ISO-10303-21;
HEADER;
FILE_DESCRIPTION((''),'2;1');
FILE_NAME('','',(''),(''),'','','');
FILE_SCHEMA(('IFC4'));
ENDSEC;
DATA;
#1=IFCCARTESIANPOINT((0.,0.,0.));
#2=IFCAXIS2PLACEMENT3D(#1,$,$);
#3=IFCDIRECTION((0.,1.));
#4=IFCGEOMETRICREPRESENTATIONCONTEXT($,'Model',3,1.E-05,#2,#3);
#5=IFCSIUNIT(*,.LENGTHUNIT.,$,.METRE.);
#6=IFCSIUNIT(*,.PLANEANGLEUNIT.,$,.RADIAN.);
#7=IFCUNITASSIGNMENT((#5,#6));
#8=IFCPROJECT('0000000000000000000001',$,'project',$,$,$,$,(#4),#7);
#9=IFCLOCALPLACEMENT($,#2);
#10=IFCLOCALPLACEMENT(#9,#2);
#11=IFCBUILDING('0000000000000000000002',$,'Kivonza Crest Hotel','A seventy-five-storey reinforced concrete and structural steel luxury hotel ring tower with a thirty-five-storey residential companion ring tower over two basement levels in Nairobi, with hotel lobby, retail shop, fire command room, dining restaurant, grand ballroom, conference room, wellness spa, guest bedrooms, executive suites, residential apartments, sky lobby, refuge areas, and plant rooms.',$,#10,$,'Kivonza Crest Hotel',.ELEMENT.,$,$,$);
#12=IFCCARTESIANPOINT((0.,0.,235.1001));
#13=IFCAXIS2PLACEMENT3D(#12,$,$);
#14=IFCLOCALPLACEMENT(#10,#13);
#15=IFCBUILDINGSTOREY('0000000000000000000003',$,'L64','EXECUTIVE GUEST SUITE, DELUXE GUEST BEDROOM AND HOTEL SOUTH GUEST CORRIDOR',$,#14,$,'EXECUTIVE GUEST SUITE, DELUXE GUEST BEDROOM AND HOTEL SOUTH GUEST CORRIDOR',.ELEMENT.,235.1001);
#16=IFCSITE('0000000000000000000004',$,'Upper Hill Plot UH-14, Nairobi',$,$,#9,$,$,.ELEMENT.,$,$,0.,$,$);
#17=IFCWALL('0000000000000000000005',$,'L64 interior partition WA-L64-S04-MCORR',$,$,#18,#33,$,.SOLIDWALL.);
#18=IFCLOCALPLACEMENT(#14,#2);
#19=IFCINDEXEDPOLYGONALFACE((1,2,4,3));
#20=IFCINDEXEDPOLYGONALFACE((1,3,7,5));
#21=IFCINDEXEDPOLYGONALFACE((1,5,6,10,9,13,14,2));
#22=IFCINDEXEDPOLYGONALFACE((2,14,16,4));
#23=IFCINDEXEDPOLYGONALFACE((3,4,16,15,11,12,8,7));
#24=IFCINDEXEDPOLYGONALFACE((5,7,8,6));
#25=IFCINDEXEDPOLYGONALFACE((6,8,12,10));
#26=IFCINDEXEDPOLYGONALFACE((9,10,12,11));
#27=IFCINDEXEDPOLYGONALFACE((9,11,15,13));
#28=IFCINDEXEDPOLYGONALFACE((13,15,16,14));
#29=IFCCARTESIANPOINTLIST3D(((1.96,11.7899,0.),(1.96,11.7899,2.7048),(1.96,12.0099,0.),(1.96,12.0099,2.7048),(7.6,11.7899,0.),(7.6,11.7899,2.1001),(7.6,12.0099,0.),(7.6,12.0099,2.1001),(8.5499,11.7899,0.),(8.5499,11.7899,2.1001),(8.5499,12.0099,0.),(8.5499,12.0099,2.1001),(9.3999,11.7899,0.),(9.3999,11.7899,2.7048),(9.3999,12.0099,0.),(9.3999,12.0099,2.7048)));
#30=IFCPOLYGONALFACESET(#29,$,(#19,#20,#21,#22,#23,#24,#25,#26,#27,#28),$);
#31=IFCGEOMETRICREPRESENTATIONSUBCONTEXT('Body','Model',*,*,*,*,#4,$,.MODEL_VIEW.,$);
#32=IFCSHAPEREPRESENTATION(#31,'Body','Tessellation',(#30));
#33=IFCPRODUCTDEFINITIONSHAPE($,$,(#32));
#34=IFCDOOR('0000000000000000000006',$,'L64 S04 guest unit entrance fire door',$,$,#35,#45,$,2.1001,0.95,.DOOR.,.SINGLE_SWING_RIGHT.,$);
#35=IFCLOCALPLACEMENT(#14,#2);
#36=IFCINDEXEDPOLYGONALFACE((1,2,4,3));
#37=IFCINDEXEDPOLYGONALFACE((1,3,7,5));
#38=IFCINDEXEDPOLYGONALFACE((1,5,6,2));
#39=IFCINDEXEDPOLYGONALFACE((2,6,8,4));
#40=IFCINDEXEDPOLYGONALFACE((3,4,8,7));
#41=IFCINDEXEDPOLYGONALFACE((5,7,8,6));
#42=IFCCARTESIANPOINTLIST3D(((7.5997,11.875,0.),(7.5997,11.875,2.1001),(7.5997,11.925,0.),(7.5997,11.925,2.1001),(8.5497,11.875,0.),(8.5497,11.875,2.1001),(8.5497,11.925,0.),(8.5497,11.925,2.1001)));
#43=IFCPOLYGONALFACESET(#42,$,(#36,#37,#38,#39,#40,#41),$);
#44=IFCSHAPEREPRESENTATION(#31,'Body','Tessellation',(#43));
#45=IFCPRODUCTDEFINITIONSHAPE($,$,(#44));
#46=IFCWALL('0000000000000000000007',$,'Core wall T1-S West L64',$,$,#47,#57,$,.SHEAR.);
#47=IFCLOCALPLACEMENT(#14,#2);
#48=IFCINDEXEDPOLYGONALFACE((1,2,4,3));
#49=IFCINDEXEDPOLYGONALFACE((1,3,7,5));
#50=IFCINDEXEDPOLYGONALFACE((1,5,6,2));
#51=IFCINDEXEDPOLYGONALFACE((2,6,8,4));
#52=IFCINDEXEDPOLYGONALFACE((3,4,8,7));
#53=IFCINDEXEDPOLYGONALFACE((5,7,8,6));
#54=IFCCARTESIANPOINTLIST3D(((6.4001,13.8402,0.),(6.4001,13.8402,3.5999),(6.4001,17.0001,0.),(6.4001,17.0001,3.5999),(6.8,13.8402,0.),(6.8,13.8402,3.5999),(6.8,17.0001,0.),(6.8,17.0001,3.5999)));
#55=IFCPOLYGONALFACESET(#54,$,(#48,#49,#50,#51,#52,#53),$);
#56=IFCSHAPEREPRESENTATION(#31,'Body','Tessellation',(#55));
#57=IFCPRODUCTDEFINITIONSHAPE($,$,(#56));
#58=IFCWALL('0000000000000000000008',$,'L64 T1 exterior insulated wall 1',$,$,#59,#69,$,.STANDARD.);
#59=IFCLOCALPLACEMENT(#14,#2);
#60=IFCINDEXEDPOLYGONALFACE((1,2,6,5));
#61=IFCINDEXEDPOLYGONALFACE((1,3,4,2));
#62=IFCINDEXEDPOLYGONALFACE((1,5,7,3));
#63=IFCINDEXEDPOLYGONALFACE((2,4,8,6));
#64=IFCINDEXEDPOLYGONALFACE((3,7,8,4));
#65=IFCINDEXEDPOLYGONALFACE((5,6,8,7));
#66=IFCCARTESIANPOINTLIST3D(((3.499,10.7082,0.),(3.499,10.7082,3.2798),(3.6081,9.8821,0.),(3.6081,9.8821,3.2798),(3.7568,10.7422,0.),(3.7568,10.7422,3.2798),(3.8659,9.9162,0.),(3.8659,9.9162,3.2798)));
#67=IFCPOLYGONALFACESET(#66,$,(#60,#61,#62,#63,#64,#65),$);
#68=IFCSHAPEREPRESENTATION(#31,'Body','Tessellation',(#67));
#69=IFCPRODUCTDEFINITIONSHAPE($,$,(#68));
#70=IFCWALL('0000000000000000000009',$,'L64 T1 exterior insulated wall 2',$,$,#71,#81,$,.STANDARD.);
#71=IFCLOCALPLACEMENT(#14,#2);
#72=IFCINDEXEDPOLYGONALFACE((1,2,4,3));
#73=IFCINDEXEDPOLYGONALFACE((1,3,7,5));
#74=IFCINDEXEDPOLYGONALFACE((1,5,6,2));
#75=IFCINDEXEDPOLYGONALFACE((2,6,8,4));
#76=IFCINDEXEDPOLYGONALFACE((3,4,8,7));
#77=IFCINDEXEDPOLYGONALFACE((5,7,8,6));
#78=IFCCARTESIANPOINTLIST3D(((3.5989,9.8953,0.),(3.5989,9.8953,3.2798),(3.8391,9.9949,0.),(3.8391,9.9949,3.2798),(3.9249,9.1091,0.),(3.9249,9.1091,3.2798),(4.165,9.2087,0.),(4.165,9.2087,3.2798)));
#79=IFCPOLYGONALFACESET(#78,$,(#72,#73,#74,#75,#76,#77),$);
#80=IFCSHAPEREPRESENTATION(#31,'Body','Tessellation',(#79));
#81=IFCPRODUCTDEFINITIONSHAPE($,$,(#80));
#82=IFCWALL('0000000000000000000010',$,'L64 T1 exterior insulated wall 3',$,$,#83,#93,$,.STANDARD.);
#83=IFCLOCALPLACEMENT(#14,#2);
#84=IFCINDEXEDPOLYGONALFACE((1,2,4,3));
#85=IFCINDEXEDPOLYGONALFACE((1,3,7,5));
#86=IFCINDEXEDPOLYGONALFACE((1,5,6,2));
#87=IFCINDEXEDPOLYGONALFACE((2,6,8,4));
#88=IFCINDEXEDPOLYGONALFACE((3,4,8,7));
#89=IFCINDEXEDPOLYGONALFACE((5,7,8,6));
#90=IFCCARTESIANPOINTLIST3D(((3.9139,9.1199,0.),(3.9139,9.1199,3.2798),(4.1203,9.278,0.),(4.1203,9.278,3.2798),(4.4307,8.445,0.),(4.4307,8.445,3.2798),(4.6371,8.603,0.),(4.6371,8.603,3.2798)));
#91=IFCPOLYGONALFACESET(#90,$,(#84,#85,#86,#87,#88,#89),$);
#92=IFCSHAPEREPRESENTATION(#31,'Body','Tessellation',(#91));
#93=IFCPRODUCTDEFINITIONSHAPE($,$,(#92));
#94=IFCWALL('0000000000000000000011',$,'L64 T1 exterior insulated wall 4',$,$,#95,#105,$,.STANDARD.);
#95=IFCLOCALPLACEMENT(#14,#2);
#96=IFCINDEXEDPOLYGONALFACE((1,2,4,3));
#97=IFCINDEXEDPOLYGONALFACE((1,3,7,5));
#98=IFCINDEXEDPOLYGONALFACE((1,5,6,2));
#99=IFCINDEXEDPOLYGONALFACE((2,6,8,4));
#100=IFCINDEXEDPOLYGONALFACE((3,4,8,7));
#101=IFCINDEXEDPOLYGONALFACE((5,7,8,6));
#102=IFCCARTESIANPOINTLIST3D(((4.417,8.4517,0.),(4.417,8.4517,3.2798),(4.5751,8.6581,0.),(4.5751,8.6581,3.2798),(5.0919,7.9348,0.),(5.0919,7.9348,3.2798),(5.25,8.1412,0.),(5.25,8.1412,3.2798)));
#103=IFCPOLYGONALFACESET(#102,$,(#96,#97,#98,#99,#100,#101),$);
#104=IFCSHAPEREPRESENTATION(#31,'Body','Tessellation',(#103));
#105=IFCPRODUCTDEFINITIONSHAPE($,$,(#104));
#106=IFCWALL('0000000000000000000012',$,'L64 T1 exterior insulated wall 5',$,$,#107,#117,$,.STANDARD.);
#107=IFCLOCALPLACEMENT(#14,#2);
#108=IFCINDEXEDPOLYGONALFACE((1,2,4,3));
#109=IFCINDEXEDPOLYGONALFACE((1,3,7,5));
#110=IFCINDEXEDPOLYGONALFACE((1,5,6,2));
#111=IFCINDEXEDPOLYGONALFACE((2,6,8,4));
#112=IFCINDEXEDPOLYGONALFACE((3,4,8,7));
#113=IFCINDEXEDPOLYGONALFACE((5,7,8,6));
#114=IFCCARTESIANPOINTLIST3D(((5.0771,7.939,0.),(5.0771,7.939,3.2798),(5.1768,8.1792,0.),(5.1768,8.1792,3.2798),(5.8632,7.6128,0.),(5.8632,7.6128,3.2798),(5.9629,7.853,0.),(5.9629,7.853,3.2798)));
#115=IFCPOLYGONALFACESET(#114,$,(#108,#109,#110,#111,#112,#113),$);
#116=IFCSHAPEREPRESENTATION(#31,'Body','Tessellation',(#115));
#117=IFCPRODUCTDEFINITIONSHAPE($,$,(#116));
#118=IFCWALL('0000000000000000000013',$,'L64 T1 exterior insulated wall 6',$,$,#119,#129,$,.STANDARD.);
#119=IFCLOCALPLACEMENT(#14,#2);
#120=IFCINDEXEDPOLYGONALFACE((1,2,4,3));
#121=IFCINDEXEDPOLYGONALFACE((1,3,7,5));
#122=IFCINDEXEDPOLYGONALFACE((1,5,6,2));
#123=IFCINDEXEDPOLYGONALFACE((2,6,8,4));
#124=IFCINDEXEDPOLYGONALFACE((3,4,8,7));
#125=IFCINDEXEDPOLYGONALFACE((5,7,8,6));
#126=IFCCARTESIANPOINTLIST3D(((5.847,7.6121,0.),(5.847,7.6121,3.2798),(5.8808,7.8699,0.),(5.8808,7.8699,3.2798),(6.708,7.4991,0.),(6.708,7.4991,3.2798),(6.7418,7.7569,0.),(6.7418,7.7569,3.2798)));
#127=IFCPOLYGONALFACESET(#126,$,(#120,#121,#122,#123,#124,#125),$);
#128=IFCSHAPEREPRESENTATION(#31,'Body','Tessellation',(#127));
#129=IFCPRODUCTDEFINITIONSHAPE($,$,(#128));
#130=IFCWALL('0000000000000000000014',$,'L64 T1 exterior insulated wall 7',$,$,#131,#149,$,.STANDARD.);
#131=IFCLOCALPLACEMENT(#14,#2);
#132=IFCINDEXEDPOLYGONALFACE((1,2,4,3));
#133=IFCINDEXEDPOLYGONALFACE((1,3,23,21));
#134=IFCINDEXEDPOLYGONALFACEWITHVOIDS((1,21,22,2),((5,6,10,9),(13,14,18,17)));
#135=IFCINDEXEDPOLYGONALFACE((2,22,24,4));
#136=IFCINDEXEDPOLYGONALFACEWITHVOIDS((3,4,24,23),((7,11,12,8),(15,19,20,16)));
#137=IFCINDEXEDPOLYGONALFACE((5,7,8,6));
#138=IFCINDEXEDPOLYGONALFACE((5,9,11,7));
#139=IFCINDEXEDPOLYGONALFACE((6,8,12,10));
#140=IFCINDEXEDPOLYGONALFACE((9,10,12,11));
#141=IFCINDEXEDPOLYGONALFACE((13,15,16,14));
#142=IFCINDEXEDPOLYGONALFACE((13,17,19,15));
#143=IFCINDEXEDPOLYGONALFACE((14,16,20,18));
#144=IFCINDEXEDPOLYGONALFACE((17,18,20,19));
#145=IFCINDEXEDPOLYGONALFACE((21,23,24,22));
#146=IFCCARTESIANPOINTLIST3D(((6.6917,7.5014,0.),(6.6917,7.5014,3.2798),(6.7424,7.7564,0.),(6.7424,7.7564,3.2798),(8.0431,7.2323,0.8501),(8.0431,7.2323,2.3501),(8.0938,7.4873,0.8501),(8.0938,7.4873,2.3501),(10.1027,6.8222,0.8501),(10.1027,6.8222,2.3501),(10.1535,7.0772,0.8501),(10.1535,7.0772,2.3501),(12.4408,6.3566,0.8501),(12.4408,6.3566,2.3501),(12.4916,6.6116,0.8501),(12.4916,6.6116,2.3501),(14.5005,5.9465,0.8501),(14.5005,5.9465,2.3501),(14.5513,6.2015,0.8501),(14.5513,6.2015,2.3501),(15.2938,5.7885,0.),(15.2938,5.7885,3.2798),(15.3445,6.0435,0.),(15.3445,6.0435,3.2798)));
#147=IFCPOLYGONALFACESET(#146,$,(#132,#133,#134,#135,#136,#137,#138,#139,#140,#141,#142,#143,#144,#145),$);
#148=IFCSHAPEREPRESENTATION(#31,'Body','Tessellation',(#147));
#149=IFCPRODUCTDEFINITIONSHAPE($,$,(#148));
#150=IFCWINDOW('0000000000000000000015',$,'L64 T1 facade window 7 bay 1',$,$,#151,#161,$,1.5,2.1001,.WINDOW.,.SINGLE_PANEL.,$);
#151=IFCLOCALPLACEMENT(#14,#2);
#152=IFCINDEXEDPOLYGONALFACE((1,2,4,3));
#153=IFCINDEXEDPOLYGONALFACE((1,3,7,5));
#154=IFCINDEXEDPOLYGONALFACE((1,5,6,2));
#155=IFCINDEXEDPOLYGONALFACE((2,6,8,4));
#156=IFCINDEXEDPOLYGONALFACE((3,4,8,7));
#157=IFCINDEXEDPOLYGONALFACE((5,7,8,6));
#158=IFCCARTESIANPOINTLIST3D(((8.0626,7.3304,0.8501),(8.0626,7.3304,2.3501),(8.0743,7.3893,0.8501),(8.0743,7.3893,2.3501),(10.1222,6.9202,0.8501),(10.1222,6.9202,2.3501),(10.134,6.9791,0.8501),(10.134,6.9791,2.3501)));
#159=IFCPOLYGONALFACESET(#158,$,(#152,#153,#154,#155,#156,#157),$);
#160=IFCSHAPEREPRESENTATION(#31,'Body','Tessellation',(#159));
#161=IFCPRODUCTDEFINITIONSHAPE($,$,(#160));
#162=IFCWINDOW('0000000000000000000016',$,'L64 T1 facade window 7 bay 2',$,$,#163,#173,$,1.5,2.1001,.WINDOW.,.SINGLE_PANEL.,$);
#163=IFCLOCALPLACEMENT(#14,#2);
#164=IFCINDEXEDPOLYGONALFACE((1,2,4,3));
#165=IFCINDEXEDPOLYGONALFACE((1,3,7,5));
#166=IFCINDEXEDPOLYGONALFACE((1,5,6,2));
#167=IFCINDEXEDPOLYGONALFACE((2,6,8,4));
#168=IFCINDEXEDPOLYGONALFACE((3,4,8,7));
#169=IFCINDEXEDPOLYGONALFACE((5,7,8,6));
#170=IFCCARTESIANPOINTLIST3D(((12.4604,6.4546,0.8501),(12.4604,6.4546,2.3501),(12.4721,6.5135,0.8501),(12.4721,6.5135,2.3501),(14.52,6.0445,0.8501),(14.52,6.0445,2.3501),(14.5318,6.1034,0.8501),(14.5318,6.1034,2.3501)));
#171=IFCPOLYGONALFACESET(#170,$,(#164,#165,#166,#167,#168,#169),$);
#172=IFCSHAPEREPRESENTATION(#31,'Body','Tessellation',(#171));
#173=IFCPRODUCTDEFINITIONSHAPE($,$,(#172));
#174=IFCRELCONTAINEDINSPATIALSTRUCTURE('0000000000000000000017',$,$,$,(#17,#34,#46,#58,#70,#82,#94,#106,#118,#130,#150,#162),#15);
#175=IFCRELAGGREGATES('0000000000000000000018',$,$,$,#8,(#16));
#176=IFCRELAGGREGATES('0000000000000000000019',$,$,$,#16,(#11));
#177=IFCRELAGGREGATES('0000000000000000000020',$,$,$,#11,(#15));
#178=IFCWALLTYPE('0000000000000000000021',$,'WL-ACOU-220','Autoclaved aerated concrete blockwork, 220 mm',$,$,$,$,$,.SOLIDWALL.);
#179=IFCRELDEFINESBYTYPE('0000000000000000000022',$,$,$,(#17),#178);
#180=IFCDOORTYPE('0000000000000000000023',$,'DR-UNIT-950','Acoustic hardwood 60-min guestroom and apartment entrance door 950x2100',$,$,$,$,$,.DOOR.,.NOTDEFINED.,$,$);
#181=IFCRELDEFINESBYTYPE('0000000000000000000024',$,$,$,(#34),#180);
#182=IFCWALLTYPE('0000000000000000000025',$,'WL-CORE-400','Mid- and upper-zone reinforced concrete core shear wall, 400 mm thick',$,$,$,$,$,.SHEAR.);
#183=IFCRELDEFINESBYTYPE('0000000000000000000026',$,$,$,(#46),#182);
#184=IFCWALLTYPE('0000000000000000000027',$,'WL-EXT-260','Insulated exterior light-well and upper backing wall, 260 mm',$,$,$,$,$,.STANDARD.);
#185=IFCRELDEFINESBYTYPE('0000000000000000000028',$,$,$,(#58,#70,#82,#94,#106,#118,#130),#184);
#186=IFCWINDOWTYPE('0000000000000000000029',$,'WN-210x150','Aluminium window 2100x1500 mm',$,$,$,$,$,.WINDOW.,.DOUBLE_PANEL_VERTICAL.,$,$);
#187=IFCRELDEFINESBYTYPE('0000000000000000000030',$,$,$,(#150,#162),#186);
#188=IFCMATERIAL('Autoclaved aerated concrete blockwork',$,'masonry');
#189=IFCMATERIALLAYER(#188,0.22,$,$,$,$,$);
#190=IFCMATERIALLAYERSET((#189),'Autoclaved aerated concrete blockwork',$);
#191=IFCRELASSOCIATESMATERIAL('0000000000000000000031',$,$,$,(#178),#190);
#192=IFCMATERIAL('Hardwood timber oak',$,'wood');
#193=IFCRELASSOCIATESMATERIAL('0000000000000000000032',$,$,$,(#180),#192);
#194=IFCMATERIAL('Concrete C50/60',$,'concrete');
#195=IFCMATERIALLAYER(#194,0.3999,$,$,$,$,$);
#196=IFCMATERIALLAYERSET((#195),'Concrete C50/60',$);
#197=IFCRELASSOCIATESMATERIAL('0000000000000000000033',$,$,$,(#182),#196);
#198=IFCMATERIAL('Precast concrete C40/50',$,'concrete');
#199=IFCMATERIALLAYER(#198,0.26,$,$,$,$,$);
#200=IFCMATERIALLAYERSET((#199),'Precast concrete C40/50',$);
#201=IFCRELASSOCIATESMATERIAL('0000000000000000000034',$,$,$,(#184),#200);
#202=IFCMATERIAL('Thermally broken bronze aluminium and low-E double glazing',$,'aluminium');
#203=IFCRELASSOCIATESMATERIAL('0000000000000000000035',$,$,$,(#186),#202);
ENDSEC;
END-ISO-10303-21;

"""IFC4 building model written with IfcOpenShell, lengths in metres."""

from ifc_helpers import new_model, si_unit, direction, frame, frame_2d, origin, place, context, subcontext, project, spatial, rectangle, extrude, material, layer, layer_set, type_object, element, fill, save


model = new_model("IFC4")

# Units and contexts
model_context = context("Model", 3, precision=1e-05, world=origin(), true_north=direction((0.0, 1.0)))
body_context = subcontext(model_context, "Body", "Model", "MODEL_VIEW")
ifc_project = project(units=[si_unit("LENGTHUNIT", "METRE"), si_unit("PLANEANGLEUNIT", "RADIAN")], contexts=[model_context])

# Site, building, storey
site_placement = place(None, origin())
site = spatial("IfcSite", under=ifc_project, at=site_placement, Name="Upper Hill Plot UH-14, Nairobi", CompositionType="ELEMENT", RefElevation=0.0)
building_placement = place(site_placement, origin())
building = spatial("IfcBuilding", under=site, at=building_placement, Name="Kivonza Crest Hotel", Description="A seventy-five-storey reinforced concrete and structural steel luxury hotel ring tower with a thirty-five-storey residential companion ring tower over two basement levels in Nairobi, with hotel lobby, retail shop, fire command room, dining restaurant, grand ballroom, conference room, wellness spa, guest bedrooms, executive suites, residential apartments, sky lobby, refuge areas, and plant rooms.", LongName="Kivonza Crest Hotel", CompositionType="ELEMENT")
storey_placement = place(building_placement, frame((0.0, 0.0, 235.1001)))
storey = spatial("IfcBuildingStorey", under=building, at=storey_placement, Name="L64", Description="EXECUTIVE GUEST SUITE, DELUXE GUEST BEDROOM AND HOTEL SOUTH GUEST CORRIDOR", LongName="EXECUTIVE GUEST SUITE, DELUXE GUEST BEDROOM AND HOTEL SOUTH GUEST CORRIDOR", CompositionType="ELEMENT", Elevation=235.1001)

# Wall, opening, door
ifc_material_1 = material(Name="Autoclaved aerated concrete blockwork", Category="masonry")
ifc_layer_1 = layer(ifc_material_1, 0.22)
ifc_layer_set_1 = layer_set([ifc_layer_1], Name="Autoclaved aerated concrete blockwork")
wall_type_1 = type_object("IfcWallType", Name="WL-ACOU-220", Description="Autoclaved aerated concrete blockwork, 220 mm", PredefinedType="SOLIDWALL", material=ifc_layer_set_1)
wall_1_placement = place(storey_placement, frame((1.96, 11.8999, 0.0), z_axis=(0.0, 0.0, 1.0), x_axis=(1.0, 0.0, 0.0)))
wall_1 = element("IfcWall", 1, at=wall_1_placement, inside=storey, type_object=wall_type_1, Name="L64 interior partition WA-L64-S04-MCORR", PredefinedType="SOLIDWALL", context=body_context, shape_type="SweptSolid", body=[
    extrude(rectangle(XDim=7.4399, YDim=0.22, at=frame_2d((3.72, 0.0))), origin(), (0.0, 0.0, 1.0), 2.7048),
])
opening_1_placement = place(wall_1_placement, frame((5.6399, 0.0, 0.0)))
opening_1 = element("IfcOpeningElement", 2, at=opening_1_placement, cuts=wall_1, PredefinedType="OPENING", context=body_context, shape_type="SweptSolid", body=[
    extrude(rectangle(XDim=0.95, YDim=2.1001, at=frame_2d((0.4751, 1.05))), frame((0.0, 0.1201, 0.0), z_axis=(0.0, -1.0, 0.0), x_axis=(1.0, 0.0, 0.0)), (0.0, 0.0, 1.0), 0.24),
])
ifc_material_2 = material(Name="Hardwood timber oak", Category="wood")
door_type_1 = type_object("IfcDoorType", Name="DR-UNIT-950", Description="Acoustic hardwood 60-min guestroom and apartment entrance door 950x2100", OperationType="NOTDEFINED", PredefinedType="DOOR", material=ifc_material_2)
door_1_placement = place(opening_1_placement, frame((0.95, 0.0, 0.0), z_axis=(0.0, 0.0, 1.0), x_axis=(-1.0, 0.0, 0.0)))
door_1 = element("IfcDoor", 3, at=door_1_placement, inside=storey, type_object=door_type_1, Name="L64 S04 guest unit entrance fire door", OperationType="SINGLE_SWING_RIGHT", OverallHeight=2.1001, OverallWidth=0.95, PredefinedType="DOOR", context=body_context, shape_type="SweptSolid", body=[
    extrude(rectangle(XDim=0.95, YDim=2.1001, at=frame_2d((0.4751, 1.05))), frame((0.0, 0.0249, 0.0), z_axis=(0.0, -1.0, 0.0), x_axis=(1.0, 0.0, 0.0)), (0.0, 0.0, 1.0), 0.05),
])
fill(opening_1, door_1)

# Shared definitions
ifc_material_3 = material(Name="Concrete C50/60", Category="concrete")
ifc_layer_2 = layer(ifc_material_3, 0.3999)
ifc_layer_set_2 = layer_set([ifc_layer_2], Name="Concrete C50/60")
wall_type_2 = type_object("IfcWallType", Name="WL-CORE-400", Description="Mid- and upper-zone reinforced concrete core shear wall, 400 mm thick", PredefinedType="SHEAR", material=ifc_layer_set_2)

# Walls
wall_2_placement = place(storey_placement, frame((6.6001, 13.8401, 0.0), z_axis=(0.0, 0.0, 1.0), x_axis=(0.0, 1.0, 0.0)))
element("IfcWall", 4, at=wall_2_placement, inside=storey, type_object=wall_type_2, Name="Core wall T1-S West L64", PredefinedType="SHEAR", context=body_context, shape_type="SweptSolid", body=[
    extrude(rectangle(XDim=3.1599, YDim=0.3999, at=frame_2d((1.5801, 0.0))), origin(), (0.0, 0.0, 1.0), 3.5999),
])
ifc_material_4 = material(Name="Precast concrete C40/50", Category="concrete")
ifc_layer_3 = layer(ifc_material_4, 0.26)
ifc_layer_set_3 = layer_set([ifc_layer_3], Name="Precast concrete C40/50")
wall_type_3 = type_object("IfcWallType", Name="WL-EXT-260", Description="Insulated exterior light-well and upper backing wall, 260 mm", PredefinedType="STANDARD", material=ifc_layer_set_3)
wall_3_placement = place(storey_placement, frame((3.6279, 10.7251, 0.0), z_axis=(0.0, 0.0, 1.0), x_axis=(0.130955, -0.991388, 0.0)))
element("IfcWall", 5, at=wall_3_placement, inside=storey, type_object=wall_type_3, Name="L64 T1 exterior insulated wall 1", PredefinedType="STANDARD", context=body_context, shape_type="SweptSolid", body=[
    extrude(rectangle(XDim=0.8333, YDim=0.26, at=frame_2d((0.4165, 0.0))), origin(), (0.0, 0.0, 1.0), 3.2798),
])
wall_4_placement = place(storey_placement, frame((3.719, 9.9451, 0.0), z_axis=(0.0, 0.0, 1.0), x_axis=(0.382985, -0.923754, 0.0)))
element("IfcWall", 6, at=wall_4_placement, inside=storey, type_object=wall_type_3, Name="L64 T1 exterior insulated wall 2", PredefinedType="STANDARD", context=body_context, shape_type="SweptSolid", body=[
    extrude(rectangle(XDim=0.8511, YDim=0.26, at=frame_2d((0.4255, 0.0))), origin(), (0.0, 0.0, 1.0), 3.2798),
])
for number, where, z_axis, x_axis, name in (
    (7, (4.0171, 9.199, 0.0), (0.0, 0.0, 1.0), (0.607919, -0.793999, 0.0), "L64 T1 exterior insulated wall 3"),
    (8, (4.4961, 8.5549, 0.0), (0.0, 0.0, 1.0), (0.793893, -0.608058, 0.0), "L64 T1 exterior insulated wall 4"),
):
    element("IfcWall", number, at=place(storey_placement, frame(where, z_axis=z_axis, x_axis=x_axis)), inside=storey, type_object=wall_type_3, Name=name, PredefinedType="STANDARD", context=body_context, shape_type="SweptSolid", body=[
        extrude(rectangle(XDim=0.8501, YDim=0.26, at=frame_2d((0.425, 0.0))), origin(), (0.0, 0.0, 1.0), 3.2798),
    ])
wall_5_placement = place(storey_placement, frame((5.127, 8.0591, 0.0), z_axis=(0.0, 0.0, 1.0), x_axis=(0.923653, -0.38323, 0.0)))
element("IfcWall", 9, at=wall_5_placement, inside=storey, type_object=wall_type_3, Name="L64 T1 exterior insulated wall 5", PredefinedType="STANDARD", context=body_context, shape_type="SweptSolid", body=[
    extrude(rectangle(XDim=0.8511, YDim=0.26, at=frame_2d((0.4255, 0.0))), origin(), (0.0, 0.0, 1.0), 3.2798),
])
wall_6_placement = place(storey_placement, frame((5.864, 7.741, 0.0), z_axis=(0.0, 0.0, 1.0), x_axis=(0.991493, -0.130156, 0.0)))
element("IfcWall", 10, at=wall_6_placement, inside=storey, type_object=wall_type_3, Name="L64 T1 exterior insulated wall 6", PredefinedType="STANDARD", context=body_context, shape_type="SweptSolid", body=[
    extrude(rectangle(XDim=0.8684, YDim=0.26, at=frame_2d((0.4341, 0.0))), origin(), (0.0, 0.0, 1.0), 3.2798),
])

# Wall, openings, windows
wall_7_placement = place(storey_placement, frame((6.717, 7.6289, 0.0), z_axis=(0.0, 0.0, 1.0), x_axis=(0.980745, -0.195292, 0.0)))
wall_7 = element("IfcWall", 11, at=wall_7_placement, inside=storey, type_object=wall_type_3, Name="L64 T1 exterior insulated wall 7", PredefinedType="STANDARD", context=body_context, shape_type="SweptSolid", body=[
    extrude(rectangle(XDim=8.771, YDim=0.26, at=frame_2d((4.3855, 0.0))), origin(), (0.0, 0.0, 1.0), 3.2798),
])
opening_2_placement = place(wall_7_placement, frame((1.3779, 0.0, 0.8501)))
opening_2 = element("IfcOpeningElement", 12, at=opening_2_placement, cuts=wall_7, PredefinedType="OPENING", context=body_context, shape_type="SweptSolid", body=[
    extrude(rectangle(XDim=2.1001, YDim=1.5, at=frame_2d((1.05, 0.75))), frame((0.0, 0.1401, 0.0), z_axis=(0.0, -1.0, 0.0), x_axis=(1.0, 0.0, 0.0)), (0.0, 0.0, 1.0), 0.28),
])
opening_3_placement = place(wall_7_placement, frame((5.8621, 0.0, 0.8501)))
opening_3 = element("IfcOpeningElement", 13, at=opening_3_placement, cuts=wall_7, PredefinedType="OPENING", context=body_context, shape_type="SweptSolid", body=[
    extrude(rectangle(XDim=2.1001, YDim=1.5, at=frame_2d((1.05, 0.75))), frame((0.0, 0.1401, 0.0), z_axis=(0.0, -1.0, 0.0), x_axis=(1.0, 0.0, 0.0)), (0.0, 0.0, 1.0), 0.28),
])
ifc_material_5 = material(Name="Thermally broken bronze aluminium and low-E double glazing", Category="aluminium")
window_type = type_object("IfcWindowType", Name="WN-210x150", Description="Aluminium window 2100x1500 mm", PartitioningType="DOUBLE_PANEL_VERTICAL", PredefinedType="WINDOW", material=ifc_material_5)
window_1_placement = place(opening_2_placement, origin())
window_1 = element("IfcWindow", 14, at=window_1_placement, inside=storey, type_object=window_type, Name="L64 T1 facade window 7 bay 1", OverallHeight=1.5, OverallWidth=2.1001, PartitioningType="SINGLE_PANEL", PredefinedType="WINDOW", context=body_context, shape_type="SweptSolid", body=[
    extrude(rectangle(XDim=2.1001, YDim=1.5, at=frame_2d((1.05, 0.75))), frame((0.0, 0.03, 0.0), z_axis=(0.0, -1.0, 0.0), x_axis=(1.0, 0.0, 0.0)), (0.0, 0.0, 1.0), 0.0601),
])
fill(opening_2, window_1)
window_2_placement = place(opening_3_placement, origin())
window_2 = element("IfcWindow", 15, at=window_2_placement, inside=storey, type_object=window_type, Name="L64 T1 facade window 7 bay 2", OverallHeight=1.5, OverallWidth=2.1001, PartitioningType="SINGLE_PANEL", PredefinedType="WINDOW", context=body_context, shape_type="SweptSolid", body=[
    extrude(rectangle(XDim=2.1001, YDim=1.5, at=frame_2d((1.05, 0.75))), frame((0.0, 0.03, 0.0), z_axis=(0.0, -1.0, 0.0), x_axis=(1.0, 0.0, 0.0)), (0.0, 0.0, 1.0), 0.0601),
])
fill(opening_3, window_2)

save(model, "model.ifc")
